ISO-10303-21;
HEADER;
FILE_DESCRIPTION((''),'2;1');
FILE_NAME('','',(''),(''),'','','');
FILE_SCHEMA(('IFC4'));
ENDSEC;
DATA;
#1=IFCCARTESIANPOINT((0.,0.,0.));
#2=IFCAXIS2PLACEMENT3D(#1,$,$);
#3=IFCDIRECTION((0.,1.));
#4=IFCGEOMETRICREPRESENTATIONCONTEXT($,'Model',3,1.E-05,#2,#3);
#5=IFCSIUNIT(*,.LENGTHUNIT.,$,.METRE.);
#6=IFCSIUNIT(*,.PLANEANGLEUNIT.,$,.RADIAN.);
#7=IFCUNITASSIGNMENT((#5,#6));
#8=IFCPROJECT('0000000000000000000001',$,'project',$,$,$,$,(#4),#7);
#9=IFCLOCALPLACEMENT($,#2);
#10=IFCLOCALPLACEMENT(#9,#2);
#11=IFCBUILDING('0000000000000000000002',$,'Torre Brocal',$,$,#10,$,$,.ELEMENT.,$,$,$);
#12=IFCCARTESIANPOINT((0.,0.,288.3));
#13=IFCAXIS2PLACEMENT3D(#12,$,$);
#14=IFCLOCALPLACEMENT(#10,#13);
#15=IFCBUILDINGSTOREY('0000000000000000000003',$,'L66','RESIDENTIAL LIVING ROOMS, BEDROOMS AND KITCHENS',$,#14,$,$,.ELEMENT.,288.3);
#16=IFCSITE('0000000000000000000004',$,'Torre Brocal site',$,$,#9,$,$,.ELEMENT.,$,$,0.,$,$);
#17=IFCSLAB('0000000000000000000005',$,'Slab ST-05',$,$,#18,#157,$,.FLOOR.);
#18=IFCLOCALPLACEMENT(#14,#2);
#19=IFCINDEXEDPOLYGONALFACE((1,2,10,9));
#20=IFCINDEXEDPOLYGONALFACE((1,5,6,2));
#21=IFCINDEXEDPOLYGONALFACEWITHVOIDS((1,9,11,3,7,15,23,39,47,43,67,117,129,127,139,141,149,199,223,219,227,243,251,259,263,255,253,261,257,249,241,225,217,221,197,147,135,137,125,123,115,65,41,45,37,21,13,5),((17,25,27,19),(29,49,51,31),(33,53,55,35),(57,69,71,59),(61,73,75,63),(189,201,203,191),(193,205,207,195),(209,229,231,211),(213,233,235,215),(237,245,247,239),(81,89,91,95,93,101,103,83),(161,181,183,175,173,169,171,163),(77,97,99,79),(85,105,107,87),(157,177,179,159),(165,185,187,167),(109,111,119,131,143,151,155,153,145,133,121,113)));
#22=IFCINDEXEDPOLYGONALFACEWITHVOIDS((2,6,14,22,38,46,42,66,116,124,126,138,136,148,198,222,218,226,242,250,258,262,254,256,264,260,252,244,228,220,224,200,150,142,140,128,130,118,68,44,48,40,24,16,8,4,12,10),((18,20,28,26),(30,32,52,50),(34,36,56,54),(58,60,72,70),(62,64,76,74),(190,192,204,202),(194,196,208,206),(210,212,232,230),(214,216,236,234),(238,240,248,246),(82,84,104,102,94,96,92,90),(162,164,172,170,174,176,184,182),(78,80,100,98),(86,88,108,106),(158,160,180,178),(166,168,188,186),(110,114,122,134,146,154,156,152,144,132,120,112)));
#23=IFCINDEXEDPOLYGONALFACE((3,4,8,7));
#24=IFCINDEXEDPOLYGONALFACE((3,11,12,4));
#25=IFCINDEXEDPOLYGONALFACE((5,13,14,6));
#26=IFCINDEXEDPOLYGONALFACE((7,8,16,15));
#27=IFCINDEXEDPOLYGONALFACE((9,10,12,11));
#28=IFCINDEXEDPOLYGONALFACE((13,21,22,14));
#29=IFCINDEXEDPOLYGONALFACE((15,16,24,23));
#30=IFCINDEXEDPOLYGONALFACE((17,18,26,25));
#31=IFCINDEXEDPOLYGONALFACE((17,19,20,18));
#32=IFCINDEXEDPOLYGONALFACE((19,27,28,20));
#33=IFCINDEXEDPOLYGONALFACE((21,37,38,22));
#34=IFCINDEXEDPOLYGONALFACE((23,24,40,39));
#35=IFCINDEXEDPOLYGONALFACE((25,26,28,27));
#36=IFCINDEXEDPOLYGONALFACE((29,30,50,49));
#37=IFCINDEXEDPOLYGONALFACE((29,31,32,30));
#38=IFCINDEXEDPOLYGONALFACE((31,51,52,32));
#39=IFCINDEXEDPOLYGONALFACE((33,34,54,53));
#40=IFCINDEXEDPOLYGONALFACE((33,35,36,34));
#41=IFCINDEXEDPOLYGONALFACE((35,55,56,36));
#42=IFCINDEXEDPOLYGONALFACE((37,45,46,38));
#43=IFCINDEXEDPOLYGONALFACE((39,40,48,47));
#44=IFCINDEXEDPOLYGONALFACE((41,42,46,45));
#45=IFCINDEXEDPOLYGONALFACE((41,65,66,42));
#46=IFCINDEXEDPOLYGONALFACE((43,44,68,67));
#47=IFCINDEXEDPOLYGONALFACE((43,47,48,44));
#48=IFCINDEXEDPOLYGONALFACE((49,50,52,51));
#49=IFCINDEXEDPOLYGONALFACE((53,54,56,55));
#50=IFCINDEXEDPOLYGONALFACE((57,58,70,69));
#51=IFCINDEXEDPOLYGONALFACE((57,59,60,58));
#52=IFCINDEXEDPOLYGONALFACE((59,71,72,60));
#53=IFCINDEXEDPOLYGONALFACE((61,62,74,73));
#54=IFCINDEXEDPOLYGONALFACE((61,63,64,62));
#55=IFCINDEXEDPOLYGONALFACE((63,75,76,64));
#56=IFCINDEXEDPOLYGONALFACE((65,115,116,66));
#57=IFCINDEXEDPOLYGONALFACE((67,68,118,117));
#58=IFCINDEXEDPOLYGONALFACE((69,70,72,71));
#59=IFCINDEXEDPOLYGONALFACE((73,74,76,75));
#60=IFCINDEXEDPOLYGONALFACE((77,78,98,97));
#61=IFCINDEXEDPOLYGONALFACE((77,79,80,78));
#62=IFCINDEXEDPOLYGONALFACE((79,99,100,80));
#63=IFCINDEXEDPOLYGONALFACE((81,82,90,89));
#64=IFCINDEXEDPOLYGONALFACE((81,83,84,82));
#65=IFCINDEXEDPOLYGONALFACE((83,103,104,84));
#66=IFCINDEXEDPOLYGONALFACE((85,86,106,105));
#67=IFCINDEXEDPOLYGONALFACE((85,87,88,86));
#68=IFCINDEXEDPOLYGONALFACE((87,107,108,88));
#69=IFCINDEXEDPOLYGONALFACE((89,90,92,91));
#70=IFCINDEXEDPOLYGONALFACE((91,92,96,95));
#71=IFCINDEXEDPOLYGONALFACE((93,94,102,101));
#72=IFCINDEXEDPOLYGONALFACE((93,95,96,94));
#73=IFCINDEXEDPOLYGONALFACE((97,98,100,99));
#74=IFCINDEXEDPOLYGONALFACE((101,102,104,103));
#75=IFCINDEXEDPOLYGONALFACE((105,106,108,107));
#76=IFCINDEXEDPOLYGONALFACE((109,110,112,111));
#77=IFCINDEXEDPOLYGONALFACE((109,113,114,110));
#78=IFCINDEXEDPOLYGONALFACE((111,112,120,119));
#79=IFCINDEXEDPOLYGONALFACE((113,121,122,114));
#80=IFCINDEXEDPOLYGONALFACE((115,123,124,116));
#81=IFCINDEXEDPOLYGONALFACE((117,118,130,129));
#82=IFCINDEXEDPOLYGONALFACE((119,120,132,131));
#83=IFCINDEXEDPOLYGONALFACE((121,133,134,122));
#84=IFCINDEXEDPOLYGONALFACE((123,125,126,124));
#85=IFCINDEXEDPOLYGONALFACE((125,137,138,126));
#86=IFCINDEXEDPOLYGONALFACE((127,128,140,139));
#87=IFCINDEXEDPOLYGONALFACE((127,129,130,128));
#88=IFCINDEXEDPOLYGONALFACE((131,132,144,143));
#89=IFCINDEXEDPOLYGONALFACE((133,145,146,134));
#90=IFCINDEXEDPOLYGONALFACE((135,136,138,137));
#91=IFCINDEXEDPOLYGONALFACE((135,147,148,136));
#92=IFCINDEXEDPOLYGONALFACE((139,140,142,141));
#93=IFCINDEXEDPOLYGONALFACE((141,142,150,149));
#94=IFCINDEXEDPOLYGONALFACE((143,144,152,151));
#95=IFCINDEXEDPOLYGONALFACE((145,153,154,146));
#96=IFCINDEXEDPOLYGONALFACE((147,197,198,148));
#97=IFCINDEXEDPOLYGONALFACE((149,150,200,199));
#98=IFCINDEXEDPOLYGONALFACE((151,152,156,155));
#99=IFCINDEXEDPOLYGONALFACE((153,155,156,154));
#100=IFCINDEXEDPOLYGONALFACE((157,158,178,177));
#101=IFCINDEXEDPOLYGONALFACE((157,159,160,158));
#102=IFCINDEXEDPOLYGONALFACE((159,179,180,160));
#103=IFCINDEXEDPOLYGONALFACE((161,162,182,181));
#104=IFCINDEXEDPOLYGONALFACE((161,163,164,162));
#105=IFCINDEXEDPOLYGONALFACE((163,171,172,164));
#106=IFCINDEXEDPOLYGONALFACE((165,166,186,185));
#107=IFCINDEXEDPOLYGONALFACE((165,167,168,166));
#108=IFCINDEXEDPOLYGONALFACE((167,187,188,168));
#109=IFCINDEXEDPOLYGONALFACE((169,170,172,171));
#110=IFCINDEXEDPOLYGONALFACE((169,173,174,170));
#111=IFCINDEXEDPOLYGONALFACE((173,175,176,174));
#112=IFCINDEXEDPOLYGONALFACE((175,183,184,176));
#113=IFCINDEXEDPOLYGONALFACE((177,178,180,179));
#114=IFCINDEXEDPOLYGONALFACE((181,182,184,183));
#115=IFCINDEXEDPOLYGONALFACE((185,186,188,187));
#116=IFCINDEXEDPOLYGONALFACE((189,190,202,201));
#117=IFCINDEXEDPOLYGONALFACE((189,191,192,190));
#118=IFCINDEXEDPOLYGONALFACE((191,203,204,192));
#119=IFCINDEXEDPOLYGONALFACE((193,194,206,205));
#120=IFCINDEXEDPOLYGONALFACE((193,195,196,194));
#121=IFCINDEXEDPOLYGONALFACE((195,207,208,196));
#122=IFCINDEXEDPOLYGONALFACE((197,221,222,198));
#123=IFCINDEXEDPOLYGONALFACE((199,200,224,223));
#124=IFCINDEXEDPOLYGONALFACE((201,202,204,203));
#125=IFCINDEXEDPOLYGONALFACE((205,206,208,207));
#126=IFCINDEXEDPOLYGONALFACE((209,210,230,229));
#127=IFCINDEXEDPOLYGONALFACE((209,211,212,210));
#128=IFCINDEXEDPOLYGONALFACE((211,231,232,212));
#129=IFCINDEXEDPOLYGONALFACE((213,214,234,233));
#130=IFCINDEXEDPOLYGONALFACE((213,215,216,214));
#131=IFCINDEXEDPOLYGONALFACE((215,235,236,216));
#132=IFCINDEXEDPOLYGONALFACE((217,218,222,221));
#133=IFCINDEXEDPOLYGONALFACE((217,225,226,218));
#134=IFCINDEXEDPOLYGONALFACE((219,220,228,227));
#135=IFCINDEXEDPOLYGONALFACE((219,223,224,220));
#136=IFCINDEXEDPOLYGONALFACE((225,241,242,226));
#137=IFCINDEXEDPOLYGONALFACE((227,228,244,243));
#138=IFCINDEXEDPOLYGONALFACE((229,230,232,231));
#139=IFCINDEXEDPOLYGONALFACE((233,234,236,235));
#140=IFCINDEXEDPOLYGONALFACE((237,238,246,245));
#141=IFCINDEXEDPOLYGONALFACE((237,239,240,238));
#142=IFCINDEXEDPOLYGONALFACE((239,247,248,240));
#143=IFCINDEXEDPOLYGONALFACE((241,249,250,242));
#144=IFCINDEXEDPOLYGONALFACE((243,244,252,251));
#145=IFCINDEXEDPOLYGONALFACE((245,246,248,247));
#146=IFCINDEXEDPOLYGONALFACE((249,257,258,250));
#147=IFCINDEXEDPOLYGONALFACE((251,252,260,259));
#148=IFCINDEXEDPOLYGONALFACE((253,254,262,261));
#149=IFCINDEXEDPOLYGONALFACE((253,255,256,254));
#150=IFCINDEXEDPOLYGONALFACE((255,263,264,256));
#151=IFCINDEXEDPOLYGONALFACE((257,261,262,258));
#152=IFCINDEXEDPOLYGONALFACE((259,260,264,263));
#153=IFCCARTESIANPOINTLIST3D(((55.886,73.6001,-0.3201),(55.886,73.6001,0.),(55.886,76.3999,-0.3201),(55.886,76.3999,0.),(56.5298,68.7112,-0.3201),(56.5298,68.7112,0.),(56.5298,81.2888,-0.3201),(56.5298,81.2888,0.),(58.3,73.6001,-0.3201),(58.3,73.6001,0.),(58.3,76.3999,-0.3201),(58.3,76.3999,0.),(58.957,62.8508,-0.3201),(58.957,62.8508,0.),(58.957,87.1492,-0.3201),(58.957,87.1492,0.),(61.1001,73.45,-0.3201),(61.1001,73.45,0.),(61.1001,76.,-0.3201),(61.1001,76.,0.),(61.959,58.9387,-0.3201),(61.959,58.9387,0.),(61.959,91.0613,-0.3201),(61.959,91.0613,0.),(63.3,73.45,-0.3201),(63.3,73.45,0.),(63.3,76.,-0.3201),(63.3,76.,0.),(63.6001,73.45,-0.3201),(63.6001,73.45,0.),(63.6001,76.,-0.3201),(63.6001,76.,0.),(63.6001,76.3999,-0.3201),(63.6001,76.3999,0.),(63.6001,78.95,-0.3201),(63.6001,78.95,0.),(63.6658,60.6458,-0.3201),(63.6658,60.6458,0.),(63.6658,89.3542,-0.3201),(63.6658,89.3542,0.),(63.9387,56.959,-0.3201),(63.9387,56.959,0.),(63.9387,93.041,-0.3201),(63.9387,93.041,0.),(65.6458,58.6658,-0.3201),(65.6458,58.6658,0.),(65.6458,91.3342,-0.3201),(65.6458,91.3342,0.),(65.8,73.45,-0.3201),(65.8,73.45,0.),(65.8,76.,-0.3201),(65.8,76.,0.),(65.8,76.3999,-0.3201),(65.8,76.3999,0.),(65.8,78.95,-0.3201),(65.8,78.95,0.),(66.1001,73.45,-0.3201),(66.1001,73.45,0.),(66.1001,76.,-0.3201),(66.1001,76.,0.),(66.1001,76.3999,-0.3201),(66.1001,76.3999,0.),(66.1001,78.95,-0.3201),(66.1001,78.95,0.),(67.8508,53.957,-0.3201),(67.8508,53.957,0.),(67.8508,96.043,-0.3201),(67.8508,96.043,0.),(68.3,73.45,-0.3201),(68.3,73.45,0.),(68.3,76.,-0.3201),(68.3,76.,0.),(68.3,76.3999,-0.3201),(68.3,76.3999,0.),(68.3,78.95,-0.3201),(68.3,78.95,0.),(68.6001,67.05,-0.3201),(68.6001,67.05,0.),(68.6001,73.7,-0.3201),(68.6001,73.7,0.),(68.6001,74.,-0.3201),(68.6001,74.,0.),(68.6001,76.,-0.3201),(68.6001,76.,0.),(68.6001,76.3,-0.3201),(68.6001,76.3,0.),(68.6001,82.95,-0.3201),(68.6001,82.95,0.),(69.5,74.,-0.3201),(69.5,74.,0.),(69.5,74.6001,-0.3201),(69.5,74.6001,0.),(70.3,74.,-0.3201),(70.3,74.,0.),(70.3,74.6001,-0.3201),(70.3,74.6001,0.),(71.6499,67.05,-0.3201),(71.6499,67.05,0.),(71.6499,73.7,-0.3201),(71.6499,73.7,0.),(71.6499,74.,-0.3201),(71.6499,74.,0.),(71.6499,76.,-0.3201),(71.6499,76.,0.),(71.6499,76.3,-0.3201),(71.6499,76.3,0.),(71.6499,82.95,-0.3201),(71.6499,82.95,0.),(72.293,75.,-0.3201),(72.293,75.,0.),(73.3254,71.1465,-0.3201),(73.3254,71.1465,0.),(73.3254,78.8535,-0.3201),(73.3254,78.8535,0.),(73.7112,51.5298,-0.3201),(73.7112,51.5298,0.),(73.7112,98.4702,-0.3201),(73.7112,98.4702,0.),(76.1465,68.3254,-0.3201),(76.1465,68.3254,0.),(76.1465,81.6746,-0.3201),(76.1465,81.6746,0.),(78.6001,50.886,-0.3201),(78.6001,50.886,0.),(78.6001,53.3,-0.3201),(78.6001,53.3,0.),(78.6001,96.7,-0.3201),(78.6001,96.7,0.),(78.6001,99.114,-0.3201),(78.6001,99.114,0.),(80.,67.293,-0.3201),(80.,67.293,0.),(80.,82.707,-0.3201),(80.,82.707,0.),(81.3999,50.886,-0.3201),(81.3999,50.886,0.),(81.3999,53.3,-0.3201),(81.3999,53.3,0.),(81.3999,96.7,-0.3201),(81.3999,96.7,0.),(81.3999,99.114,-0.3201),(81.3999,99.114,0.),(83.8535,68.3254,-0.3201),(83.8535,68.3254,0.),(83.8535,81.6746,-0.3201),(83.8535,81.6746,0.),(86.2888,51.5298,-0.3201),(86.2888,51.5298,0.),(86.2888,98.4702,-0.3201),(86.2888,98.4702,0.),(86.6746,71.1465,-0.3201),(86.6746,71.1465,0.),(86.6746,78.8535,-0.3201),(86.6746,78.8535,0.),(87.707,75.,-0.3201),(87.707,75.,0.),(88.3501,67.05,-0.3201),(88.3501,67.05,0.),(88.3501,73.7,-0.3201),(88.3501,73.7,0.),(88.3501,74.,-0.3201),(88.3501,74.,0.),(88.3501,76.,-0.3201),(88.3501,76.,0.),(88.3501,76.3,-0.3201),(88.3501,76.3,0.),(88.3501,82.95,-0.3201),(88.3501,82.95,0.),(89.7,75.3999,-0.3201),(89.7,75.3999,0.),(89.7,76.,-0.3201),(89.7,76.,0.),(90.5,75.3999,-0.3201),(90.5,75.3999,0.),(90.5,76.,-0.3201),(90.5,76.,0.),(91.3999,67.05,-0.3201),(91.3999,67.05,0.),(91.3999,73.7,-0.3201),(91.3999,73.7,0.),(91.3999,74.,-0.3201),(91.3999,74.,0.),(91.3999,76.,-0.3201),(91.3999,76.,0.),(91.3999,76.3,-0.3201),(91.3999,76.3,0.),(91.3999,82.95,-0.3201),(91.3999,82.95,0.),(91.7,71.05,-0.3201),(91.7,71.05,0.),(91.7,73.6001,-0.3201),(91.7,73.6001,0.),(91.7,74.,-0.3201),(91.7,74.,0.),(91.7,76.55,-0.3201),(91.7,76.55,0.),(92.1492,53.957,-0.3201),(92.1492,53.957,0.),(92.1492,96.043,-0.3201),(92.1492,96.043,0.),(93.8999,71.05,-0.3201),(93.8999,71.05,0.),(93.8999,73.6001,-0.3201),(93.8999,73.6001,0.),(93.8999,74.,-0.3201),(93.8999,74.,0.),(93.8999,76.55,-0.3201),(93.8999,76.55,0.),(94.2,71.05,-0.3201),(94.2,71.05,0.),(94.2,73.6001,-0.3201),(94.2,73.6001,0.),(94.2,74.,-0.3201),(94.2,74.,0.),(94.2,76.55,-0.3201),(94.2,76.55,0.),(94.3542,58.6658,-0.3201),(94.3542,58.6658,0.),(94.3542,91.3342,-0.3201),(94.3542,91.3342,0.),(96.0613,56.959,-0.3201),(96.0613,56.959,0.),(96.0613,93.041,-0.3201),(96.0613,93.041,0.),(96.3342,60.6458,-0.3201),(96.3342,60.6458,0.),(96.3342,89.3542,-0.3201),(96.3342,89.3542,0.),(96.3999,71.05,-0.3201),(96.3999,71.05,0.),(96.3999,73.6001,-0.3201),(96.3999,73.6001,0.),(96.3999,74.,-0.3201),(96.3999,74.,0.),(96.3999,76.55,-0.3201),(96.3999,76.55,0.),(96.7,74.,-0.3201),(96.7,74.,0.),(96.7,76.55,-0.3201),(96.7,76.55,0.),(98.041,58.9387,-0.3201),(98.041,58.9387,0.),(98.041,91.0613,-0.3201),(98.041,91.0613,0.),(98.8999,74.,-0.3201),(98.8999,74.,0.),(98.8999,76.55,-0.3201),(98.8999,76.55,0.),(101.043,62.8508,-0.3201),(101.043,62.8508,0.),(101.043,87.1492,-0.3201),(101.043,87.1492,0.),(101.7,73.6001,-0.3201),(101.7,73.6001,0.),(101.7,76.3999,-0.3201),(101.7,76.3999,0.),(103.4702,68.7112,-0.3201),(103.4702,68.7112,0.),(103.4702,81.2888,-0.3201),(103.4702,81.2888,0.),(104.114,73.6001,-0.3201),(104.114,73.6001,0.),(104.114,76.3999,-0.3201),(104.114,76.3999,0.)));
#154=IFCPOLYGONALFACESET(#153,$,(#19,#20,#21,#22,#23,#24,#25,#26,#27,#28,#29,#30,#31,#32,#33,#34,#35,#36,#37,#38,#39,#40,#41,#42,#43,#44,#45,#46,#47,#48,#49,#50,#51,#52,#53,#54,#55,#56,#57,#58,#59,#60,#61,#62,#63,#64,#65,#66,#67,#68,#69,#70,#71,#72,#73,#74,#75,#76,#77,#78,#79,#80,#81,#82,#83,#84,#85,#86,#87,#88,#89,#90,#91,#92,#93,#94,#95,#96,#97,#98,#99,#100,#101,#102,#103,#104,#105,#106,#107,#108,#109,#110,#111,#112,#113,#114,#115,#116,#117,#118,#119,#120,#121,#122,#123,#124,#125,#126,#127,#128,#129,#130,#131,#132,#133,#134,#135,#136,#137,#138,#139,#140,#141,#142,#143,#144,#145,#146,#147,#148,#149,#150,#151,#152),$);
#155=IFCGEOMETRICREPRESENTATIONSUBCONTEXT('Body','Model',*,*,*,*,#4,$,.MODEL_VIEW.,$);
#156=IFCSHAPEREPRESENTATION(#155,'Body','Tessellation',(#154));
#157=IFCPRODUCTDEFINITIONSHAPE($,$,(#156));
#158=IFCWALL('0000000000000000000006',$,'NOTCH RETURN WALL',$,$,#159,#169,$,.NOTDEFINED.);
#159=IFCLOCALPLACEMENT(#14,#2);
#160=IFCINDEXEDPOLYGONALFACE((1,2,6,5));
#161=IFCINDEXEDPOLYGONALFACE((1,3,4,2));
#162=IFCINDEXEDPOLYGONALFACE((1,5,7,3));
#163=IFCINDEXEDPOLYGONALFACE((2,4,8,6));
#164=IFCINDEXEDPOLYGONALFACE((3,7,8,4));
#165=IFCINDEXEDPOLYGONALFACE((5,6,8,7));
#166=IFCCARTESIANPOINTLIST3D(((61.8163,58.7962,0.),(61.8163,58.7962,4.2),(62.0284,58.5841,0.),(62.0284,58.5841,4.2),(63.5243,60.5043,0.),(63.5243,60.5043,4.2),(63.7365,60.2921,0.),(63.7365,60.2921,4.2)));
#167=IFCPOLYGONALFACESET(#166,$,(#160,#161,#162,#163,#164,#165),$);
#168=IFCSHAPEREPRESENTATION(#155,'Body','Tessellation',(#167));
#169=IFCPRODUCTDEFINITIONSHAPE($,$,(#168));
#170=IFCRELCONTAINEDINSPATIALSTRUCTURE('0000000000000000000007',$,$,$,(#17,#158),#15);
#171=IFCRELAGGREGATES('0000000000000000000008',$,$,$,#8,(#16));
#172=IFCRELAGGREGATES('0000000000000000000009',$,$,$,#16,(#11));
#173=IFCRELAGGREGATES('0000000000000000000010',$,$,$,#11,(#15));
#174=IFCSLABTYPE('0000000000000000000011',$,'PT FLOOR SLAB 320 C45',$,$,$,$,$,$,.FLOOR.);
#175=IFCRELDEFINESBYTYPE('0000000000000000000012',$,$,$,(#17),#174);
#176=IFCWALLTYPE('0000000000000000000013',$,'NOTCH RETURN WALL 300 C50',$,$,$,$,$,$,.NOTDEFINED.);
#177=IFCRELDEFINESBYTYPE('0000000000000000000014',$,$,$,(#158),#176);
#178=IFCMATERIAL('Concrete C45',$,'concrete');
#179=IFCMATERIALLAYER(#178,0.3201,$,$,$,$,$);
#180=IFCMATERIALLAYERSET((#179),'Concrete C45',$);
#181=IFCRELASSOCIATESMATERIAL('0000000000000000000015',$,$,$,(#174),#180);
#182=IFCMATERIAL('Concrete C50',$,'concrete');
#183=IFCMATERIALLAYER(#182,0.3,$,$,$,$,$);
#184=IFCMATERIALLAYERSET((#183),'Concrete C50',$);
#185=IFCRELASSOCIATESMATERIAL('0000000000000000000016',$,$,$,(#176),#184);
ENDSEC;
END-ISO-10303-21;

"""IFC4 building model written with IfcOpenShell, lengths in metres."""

from ifc_helpers import new_model, si_unit, direction, frame, frame_2d, origin, place, context, subcontext, project, spatial, polyline, rectangle, outline, extrude, material, layer, layer_set, type_object, element, save


model = new_model("IFC4")

# Units and contexts
model_context = context("Model", 3, precision=1e-05, world=origin(), true_north=direction((0.0, 1.0)))
body_context = subcontext(model_context, "Body", "Model", "MODEL_VIEW")
ifc_project = project(units=[si_unit("LENGTHUNIT", "METRE"), si_unit("PLANEANGLEUNIT", "RADIAN")], contexts=[model_context])

# Site, building, storey
site_placement = place(None, origin())
site = spatial("IfcSite", under=ifc_project, at=site_placement, Name="Torre Brocal site", CompositionType="ELEMENT", RefElevation=0.0)
building_placement = place(site_placement, origin())
building = spatial("IfcBuilding", under=site, at=building_placement, Name="Torre Brocal", CompositionType="ELEMENT")
storey_placement = place(building_placement, frame((0.0, 0.0, 288.3)))
storey = spatial("IfcBuildingStorey", under=building, at=storey_placement, Name="L66", Description="RESIDENTIAL LIVING ROOMS, BEDROOMS AND KITCHENS", CompositionType="ELEMENT", Elevation=288.3)

# Slab
ifc_material_1 = material(Name="Concrete C45", Category="concrete")
ifc_layer_1 = layer(ifc_material_1, 0.3201)
ifc_layer_set_1 = layer_set([ifc_layer_1], Name="Concrete C45")
slab_type_1 = type_object("IfcSlabType", Name="PT FLOOR SLAB 320 C45", PredefinedType="FLOOR", material=ifc_layer_set_1)
slab_1_placement = place(storey_placement, frame((0.0, 0.0, -0.3201)))
element("IfcSlab", 1, at=slab_1_placement, inside=storey, type_object=slab_type_1, Name="Slab ST-05", PredefinedType="FLOOR", context=body_context, shape_type="SweptSolid", body=[
    extrude(outline(polyline([(101.7, 76.3999), (101.7, 73.6001), (104.114, 73.6001), (103.4702, 68.7112), (101.043, 62.8508), (98.041, 58.9387), (96.3342, 60.6458), (94.3542, 58.6658), (96.0613, 56.959), (92.1492, 53.957), (86.2888, 51.5298), (81.3999, 50.886), (81.3999, 53.3), (78.6001, 53.3), (78.6001, 50.886), (73.7112, 51.5298), (67.8508, 53.957), (63.9387, 56.959), (65.6458, 58.6658), (63.6658, 60.6458), (61.959, 58.9387), (58.957, 62.8508), (56.5298, 68.7112), (55.886, 73.6001), (58.3, 73.6001), (58.3, 76.3999), (55.886, 76.3999), (56.5298, 81.2888), (58.957, 87.1492), (61.959, 91.0613), (63.6658, 89.3542), (65.6458, 91.3342), (63.9387, 93.041), (67.8508, 96.043), (73.7112, 98.4702), (78.6001, 99.114), (78.6001, 96.7), (81.3999, 96.7), (81.3999, 99.114), (86.2888, 98.4702), (92.1492, 96.043), (96.0613, 93.041), (94.3542, 91.3342), (96.3342, 89.3542), (98.041, 91.0613), (101.043, 87.1492), (103.4702, 81.2888), (104.114, 76.3999), (101.7, 76.3999)]), holes=[polyline([(98.8999, 76.55), (96.7, 76.55), (96.7, 74.0), (98.8999, 74.0), (98.8999, 76.55)]), polyline([(96.3999, 76.55), (94.2, 76.55), (94.2, 74.0), (96.3999, 74.0), (96.3999, 76.55)]), polyline([(96.3999, 73.6001), (94.2, 73.6001), (94.2, 71.05), (96.3999, 71.05), (96.3999, 73.6001)]), polyline([(93.8999, 76.55), (91.7, 76.55), (91.7, 74.0), (93.8999, 74.0), (93.8999, 76.55)]), polyline([(93.8999, 73.6001), (91.7, 73.6001), (91.7, 71.05), (93.8999, 71.05), (93.8999, 73.6001)]), polyline([(89.7, 76.0), (88.3501, 76.0), (88.3501, 74.0), (91.3999, 74.0), (91.3999, 76.0), (90.5, 76.0), (90.5, 75.3999), (89.7, 75.3999), (89.7, 76.0)]), polyline([(91.3999, 82.95), (88.3501, 82.95), (88.3501, 76.3), (91.3999, 76.3), (91.3999, 82.95)]), polyline([(91.3999, 73.7), (88.3501, 73.7), (88.3501, 67.05), (91.3999, 67.05), (91.3999, 73.7)]), polyline([(80.0, 82.707), (76.1465, 81.6746), (73.3254, 78.8535), (72.293, 75.0), (73.3254, 71.1465), (76.1465, 68.3254), (80.0, 67.293), (83.8535, 68.3254), (86.6746, 71.1465), (87.707, 75.0), (86.6746, 78.8535), (83.8535, 81.6746), (80.0, 82.707)]), polyline([(70.3, 74.0), (71.6499, 74.0), (71.6499, 76.0), (68.6001, 76.0), (68.6001, 74.0), (69.5, 74.0), (69.5, 74.6001), (70.3, 74.6001), (70.3, 74.0)]), polyline([(68.6001, 76.3), (71.6499, 76.3), (71.6499, 82.95), (68.6001, 82.95), (68.6001, 76.3)]), polyline([(68.6001, 67.05), (71.6499, 67.05), (71.6499, 73.7), (68.6001, 73.7), (68.6001, 67.05)]), polyline([(66.1001, 76.3999), (68.3, 76.3999), (68.3, 78.95), (66.1001, 78.95), (66.1001, 76.3999)]), polyline([(66.1001, 73.45), (68.3, 73.45), (68.3, 76.0), (66.1001, 76.0), (66.1001, 73.45)]), polyline([(63.6001, 76.3999), (65.8, 76.3999), (65.8, 78.95), (63.6001, 78.95), (63.6001, 76.3999)]), polyline([(63.6001, 73.45), (65.8, 73.45), (65.8, 76.0), (63.6001, 76.0), (63.6001, 73.45)]), polyline([(61.1001, 73.45), (63.3, 73.45), (63.3, 76.0), (61.1001, 76.0), (61.1001, 73.45)])]), origin(), (0.0, 0.0, 1.0), 0.3201),
])

# Wall
ifc_material_2 = material(Name="Concrete C50", Category="concrete")
ifc_layer_2 = layer(ifc_material_2, 0.3)
ifc_layer_set_2 = layer_set([ifc_layer_2], Name="Concrete C50")
wall_type = type_object("IfcWallType", Name="NOTCH RETURN WALL 300 C50", PredefinedType="NOTDEFINED", material=ifc_layer_set_2)
for number, where, z_axis, x_axis, name in (
    (2, (63.6304, 60.3982, 0.0), (0.0, 0.0, 1.0), (-0.707107, -0.707107, 0.0), "NOTCH RETURN WALL"),
):
    element("IfcWall", number, at=place(storey_placement, frame(where, z_axis=z_axis, x_axis=x_axis)), inside=storey, type_object=wall_type, Name=name, PredefinedType="NOTDEFINED", context=body_context, shape_type="SweptSolid", body=[
        extrude(rectangle(XDim=2.4155, YDim=0.3, at=frame_2d((1.2078, 0.0))), origin(), (0.0, 0.0, 1.0), 4.2),
    ])

save(model, "model.ifc")
